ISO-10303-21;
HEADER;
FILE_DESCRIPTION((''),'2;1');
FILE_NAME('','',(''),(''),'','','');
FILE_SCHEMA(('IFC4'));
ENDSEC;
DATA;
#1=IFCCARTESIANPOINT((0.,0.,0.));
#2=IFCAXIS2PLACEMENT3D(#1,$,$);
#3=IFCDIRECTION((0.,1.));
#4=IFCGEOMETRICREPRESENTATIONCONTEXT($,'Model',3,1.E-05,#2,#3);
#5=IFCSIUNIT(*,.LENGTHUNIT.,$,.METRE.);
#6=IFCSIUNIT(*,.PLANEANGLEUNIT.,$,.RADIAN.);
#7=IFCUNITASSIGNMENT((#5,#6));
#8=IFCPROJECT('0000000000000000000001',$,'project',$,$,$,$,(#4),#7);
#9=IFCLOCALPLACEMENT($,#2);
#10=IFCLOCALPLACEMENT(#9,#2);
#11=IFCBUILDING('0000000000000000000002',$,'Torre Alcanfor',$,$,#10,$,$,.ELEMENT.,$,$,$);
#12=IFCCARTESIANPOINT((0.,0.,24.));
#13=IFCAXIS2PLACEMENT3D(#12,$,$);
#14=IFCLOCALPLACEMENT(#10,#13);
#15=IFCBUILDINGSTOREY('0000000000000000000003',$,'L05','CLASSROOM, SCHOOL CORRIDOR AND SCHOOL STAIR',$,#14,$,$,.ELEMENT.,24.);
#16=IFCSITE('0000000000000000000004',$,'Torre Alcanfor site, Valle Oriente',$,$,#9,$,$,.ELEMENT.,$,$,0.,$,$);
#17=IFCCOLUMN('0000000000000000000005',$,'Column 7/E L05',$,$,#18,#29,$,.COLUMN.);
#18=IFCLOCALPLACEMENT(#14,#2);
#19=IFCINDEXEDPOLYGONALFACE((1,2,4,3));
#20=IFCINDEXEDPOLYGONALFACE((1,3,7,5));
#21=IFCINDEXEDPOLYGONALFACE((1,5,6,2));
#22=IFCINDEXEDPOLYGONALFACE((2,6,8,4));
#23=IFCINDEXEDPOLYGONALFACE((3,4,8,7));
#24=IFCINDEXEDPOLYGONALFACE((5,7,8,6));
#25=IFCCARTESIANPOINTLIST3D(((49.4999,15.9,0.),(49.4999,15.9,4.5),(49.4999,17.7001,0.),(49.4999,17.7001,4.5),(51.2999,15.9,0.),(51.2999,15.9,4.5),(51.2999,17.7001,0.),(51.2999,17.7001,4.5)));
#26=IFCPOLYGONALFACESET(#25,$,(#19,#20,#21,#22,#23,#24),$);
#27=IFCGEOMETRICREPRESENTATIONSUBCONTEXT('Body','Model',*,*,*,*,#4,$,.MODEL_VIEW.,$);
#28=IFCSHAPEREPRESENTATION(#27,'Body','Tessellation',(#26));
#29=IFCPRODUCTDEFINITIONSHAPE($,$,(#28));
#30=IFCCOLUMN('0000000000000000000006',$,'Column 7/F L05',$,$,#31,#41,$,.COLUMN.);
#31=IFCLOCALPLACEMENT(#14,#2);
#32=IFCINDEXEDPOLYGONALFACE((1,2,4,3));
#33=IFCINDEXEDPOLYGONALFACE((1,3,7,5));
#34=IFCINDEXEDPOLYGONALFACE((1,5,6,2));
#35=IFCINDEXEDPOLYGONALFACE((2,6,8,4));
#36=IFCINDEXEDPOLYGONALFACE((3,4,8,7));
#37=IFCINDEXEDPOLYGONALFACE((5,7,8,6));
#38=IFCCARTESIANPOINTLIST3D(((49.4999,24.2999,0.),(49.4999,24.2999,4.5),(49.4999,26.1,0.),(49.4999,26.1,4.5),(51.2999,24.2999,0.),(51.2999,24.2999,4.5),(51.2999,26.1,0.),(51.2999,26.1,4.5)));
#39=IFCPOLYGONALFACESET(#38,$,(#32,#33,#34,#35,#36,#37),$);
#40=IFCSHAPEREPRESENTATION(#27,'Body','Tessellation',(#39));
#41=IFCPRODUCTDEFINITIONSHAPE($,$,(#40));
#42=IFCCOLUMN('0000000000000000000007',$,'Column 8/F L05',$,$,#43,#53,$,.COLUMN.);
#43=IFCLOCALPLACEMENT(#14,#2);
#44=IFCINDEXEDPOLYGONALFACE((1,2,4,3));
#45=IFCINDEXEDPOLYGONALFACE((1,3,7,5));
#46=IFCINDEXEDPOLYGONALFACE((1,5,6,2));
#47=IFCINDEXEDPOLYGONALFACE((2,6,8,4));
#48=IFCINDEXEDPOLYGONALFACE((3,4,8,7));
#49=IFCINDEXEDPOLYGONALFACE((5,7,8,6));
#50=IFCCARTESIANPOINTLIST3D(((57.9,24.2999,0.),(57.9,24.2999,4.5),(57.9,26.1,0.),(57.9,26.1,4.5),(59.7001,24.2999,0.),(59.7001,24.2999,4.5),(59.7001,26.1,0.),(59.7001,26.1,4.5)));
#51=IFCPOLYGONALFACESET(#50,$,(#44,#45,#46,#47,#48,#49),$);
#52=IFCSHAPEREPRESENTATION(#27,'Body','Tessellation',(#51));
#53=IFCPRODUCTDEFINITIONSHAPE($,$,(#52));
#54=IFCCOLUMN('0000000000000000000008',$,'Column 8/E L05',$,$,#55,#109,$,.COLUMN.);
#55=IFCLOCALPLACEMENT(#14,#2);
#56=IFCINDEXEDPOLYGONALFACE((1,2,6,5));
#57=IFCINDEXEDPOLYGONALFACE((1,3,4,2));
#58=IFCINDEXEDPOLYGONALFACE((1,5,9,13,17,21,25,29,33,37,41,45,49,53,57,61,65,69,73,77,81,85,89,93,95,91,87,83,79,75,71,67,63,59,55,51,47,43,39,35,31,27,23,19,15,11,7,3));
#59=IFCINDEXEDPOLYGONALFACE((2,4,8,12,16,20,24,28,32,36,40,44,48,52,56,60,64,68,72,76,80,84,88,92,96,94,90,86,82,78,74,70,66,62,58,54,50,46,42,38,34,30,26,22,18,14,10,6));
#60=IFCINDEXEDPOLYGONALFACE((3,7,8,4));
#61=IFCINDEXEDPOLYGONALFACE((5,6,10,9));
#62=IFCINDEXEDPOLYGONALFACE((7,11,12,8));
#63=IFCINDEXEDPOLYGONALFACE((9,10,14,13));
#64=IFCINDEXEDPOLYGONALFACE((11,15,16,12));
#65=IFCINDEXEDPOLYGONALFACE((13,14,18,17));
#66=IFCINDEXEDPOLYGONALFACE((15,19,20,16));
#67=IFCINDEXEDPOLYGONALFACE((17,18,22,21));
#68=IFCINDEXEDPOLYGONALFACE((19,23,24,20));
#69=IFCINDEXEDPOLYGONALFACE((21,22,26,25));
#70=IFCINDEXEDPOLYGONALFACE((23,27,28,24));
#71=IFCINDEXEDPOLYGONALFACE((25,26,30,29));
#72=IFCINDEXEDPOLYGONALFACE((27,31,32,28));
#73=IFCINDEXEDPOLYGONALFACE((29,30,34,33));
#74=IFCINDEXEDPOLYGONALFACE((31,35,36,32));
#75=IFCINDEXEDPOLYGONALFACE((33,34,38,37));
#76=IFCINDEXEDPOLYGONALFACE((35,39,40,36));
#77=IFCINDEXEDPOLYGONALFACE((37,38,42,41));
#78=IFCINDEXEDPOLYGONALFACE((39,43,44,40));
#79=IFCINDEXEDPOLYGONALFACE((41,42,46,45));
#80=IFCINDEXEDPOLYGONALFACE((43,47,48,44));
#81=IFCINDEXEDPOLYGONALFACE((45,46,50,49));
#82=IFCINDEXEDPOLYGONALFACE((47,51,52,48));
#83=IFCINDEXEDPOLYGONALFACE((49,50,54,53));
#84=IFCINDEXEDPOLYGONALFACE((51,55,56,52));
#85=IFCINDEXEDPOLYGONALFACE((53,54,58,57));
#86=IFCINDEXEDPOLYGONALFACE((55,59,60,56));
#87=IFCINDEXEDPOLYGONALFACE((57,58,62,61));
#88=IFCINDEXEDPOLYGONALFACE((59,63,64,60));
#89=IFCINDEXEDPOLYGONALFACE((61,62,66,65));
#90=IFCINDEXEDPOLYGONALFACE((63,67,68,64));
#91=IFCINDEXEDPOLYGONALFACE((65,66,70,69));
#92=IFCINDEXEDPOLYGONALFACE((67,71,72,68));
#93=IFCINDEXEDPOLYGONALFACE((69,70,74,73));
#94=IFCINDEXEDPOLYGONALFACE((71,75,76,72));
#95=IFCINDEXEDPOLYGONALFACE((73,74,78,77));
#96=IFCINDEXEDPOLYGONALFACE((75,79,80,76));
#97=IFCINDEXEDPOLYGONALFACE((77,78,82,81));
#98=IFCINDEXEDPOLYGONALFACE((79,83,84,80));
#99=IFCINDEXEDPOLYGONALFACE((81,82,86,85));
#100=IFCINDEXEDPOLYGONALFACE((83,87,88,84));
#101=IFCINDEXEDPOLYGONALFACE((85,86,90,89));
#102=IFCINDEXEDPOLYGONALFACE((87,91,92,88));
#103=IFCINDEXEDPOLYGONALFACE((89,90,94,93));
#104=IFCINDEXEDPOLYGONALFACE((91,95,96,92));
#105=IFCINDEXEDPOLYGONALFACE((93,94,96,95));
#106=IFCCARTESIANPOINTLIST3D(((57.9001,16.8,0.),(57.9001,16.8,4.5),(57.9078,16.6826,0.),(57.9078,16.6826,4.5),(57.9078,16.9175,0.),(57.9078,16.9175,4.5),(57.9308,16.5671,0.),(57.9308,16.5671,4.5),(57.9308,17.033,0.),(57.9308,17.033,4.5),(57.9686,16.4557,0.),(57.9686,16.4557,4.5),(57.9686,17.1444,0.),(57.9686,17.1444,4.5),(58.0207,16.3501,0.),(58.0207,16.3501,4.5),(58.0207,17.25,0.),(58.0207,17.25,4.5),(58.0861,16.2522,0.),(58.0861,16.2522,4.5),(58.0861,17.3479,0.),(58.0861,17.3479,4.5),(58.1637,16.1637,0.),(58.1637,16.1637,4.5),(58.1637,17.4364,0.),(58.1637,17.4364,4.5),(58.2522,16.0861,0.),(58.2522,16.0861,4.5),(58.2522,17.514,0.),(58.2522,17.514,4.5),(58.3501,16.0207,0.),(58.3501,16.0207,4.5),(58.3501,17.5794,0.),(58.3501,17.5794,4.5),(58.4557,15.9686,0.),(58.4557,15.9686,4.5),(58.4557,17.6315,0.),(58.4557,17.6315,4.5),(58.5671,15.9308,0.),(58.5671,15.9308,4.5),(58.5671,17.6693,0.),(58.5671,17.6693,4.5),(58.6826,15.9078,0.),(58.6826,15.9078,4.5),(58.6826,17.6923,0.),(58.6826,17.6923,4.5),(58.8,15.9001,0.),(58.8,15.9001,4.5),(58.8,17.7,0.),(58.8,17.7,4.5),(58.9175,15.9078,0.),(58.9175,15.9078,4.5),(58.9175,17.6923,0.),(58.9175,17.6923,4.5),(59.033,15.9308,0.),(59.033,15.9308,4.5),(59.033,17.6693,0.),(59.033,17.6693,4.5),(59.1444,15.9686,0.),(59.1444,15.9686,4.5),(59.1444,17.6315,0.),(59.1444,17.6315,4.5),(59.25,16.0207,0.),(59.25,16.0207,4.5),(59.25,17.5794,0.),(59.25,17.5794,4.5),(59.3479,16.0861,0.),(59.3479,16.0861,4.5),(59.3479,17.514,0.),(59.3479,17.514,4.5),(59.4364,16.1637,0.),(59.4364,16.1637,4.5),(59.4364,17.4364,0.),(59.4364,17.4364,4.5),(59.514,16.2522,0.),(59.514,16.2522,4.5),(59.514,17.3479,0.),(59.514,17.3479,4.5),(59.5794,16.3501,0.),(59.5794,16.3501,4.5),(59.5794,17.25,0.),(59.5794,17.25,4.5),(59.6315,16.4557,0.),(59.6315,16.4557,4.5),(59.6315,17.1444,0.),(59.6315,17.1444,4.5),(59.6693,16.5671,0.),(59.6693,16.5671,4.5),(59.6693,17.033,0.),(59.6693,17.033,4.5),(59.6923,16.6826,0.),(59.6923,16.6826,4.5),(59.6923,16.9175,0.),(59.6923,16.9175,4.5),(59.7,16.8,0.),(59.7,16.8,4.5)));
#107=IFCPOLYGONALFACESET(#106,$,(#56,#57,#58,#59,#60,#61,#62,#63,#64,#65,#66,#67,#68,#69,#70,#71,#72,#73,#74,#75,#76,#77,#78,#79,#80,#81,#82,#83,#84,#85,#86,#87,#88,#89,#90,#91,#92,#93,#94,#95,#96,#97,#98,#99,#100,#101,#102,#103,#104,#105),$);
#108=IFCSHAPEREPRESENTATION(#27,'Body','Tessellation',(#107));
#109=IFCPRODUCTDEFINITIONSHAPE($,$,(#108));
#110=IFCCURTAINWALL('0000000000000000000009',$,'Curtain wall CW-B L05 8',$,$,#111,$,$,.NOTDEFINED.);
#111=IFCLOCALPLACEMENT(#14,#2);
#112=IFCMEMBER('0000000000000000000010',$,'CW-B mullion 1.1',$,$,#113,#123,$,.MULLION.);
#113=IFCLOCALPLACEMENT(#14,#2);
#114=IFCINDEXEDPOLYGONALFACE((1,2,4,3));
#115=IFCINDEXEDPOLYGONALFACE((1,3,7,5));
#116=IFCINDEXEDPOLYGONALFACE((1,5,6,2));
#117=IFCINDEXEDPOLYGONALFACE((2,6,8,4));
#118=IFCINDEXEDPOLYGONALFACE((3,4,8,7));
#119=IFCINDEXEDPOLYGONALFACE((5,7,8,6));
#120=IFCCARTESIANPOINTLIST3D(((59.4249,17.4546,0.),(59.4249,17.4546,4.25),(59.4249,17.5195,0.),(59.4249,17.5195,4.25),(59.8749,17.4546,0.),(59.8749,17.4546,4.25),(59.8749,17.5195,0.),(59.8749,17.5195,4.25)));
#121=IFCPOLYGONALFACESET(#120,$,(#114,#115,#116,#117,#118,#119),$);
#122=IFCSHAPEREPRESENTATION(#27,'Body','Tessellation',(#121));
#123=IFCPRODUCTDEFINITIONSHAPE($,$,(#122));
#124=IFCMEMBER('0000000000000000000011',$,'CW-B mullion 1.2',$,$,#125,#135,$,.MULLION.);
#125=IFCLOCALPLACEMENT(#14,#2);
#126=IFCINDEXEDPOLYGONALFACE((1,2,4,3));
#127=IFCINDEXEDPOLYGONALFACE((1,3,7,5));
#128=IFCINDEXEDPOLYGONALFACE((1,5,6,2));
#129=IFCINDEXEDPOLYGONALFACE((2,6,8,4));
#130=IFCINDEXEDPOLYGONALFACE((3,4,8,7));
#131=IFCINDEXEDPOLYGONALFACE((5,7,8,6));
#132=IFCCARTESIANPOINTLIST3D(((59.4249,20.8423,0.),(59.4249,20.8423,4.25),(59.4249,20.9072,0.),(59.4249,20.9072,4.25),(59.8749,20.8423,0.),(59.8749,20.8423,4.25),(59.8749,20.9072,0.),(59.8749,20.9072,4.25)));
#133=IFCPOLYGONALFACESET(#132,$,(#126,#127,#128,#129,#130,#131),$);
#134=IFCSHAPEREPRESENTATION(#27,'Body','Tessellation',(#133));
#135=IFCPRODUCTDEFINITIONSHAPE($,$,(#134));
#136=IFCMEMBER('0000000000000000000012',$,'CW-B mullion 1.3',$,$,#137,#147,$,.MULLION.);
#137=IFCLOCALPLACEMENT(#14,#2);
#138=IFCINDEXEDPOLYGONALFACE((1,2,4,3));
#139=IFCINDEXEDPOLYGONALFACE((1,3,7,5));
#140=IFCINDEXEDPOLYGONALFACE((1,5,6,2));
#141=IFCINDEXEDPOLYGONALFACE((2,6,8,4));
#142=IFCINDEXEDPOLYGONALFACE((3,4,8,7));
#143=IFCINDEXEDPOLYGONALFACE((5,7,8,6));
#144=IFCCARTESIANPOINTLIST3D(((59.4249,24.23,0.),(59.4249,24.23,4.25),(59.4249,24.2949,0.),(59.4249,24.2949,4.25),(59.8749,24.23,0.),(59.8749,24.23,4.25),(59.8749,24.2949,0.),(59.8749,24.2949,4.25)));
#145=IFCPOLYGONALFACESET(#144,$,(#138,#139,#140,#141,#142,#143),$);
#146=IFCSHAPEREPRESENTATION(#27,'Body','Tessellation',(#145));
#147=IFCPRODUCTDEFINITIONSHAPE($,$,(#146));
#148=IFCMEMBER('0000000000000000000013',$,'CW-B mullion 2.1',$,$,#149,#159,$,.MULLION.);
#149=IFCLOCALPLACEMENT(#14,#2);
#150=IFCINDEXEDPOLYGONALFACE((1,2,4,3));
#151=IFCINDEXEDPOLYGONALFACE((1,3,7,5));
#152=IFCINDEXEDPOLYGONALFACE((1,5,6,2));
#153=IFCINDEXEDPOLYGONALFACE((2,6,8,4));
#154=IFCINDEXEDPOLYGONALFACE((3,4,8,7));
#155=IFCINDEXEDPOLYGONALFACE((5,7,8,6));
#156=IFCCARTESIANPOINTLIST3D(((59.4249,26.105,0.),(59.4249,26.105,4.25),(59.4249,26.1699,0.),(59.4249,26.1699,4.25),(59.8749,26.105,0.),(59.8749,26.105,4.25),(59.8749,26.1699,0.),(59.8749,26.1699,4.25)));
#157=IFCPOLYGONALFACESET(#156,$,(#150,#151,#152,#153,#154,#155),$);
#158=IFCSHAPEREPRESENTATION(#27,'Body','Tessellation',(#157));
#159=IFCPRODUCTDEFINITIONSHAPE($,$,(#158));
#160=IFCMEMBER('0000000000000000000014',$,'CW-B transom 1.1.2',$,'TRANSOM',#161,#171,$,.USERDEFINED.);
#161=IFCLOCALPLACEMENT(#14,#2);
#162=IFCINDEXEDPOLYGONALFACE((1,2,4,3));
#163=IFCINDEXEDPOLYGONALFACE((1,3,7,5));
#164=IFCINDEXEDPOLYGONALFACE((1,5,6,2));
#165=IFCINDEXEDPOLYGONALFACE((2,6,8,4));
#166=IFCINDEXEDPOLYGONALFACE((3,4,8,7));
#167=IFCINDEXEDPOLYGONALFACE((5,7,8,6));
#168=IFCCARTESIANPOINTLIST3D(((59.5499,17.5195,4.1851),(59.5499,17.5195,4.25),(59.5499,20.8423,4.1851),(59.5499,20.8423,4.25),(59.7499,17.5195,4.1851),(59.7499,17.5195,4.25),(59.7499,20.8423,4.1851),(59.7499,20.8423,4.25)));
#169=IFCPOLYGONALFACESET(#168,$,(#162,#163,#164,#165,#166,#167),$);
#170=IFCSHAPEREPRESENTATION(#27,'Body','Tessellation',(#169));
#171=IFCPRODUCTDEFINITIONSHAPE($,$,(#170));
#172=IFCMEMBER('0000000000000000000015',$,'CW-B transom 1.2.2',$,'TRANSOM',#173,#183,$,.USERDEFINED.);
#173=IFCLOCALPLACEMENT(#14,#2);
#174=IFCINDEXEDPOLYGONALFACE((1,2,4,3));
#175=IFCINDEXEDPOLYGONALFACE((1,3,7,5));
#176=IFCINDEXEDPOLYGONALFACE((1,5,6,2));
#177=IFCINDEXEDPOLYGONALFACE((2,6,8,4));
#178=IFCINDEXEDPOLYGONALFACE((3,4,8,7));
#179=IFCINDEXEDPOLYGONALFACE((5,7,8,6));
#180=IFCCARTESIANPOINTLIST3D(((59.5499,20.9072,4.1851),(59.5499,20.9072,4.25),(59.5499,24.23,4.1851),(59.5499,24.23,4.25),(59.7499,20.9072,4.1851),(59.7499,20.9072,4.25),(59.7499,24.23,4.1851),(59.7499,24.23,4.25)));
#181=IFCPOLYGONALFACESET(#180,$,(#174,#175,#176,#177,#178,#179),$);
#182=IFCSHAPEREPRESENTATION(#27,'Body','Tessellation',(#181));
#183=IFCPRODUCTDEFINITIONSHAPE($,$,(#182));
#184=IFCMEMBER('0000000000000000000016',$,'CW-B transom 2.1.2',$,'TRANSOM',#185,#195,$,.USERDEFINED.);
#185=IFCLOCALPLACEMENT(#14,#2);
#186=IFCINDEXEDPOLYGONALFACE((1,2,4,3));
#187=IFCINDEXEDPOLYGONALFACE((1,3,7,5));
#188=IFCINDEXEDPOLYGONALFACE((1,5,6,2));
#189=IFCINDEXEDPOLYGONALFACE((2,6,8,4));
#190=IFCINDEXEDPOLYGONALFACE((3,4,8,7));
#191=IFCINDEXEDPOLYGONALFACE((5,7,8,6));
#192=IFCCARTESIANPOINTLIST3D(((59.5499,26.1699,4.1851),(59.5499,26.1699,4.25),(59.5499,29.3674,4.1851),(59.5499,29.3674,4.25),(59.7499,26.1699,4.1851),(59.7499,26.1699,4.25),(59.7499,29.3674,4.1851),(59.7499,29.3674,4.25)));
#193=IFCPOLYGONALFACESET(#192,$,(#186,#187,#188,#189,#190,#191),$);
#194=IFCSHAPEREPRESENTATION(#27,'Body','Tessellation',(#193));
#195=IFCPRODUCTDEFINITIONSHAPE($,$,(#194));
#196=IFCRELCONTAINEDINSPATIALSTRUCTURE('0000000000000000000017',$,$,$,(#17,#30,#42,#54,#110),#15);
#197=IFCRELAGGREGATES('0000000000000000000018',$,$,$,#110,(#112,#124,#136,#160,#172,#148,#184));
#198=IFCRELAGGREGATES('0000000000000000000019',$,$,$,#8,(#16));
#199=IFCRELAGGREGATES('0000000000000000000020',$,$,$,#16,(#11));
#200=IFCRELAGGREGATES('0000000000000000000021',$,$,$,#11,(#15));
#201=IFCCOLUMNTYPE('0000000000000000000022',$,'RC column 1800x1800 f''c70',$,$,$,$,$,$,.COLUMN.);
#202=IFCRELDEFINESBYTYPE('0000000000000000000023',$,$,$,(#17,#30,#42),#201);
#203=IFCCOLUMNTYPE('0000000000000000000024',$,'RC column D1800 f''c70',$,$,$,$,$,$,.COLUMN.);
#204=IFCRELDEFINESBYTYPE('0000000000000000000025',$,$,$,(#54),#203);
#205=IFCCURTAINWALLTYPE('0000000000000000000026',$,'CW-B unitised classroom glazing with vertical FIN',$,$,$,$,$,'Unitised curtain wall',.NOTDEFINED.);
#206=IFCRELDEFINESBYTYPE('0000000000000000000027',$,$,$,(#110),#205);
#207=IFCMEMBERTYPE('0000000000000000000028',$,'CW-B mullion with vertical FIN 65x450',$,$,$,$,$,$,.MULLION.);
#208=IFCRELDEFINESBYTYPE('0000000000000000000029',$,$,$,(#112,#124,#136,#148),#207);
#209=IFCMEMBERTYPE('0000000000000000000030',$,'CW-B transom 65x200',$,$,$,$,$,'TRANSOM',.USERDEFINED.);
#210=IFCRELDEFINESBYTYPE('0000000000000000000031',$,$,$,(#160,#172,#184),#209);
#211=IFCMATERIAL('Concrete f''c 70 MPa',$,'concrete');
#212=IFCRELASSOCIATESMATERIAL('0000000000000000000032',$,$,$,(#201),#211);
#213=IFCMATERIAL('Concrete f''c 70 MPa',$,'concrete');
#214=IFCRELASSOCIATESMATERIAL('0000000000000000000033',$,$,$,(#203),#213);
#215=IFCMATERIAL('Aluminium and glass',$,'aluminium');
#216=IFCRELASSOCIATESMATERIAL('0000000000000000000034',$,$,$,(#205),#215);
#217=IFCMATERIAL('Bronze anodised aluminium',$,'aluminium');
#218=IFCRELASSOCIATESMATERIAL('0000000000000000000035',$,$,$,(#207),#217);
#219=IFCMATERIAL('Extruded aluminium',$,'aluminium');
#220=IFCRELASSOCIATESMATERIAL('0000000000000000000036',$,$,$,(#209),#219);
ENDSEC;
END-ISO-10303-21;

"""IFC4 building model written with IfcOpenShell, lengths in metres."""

from ifc_helpers import new_model, si_unit, direction, frame, origin, origin_2d, place, context, subcontext, project, spatial, rectangle, circle, extrude, material, material_profile, profile_set, type_object, element, aggregate, save


model = new_model("IFC4")

# Units and contexts
model_context = context("Model", 3, precision=1e-05, world=origin(), true_north=direction((0.0, 1.0)))
body_context = subcontext(model_context, "Body", "Model", "MODEL_VIEW")
ifc_project = project(units=[si_unit("LENGTHUNIT", "METRE"), si_unit("PLANEANGLEUNIT", "RADIAN")], contexts=[model_context])

# Site, building, storey
site_placement = place(None, origin())
site = spatial("IfcSite", under=ifc_project, at=site_placement, Name="Torre Alcanfor site, Valle Oriente", CompositionType="ELEMENT", RefElevation=0.0)
building_placement = place(site_placement, origin())
building = spatial("IfcBuilding", under=site, at=building_placement, Name="Torre Alcanfor", CompositionType="ELEMENT")
storey_placement = place(building_placement, frame((0.0, 0.0, 24.0)))
storey = spatial("IfcBuildingStorey", under=building, at=storey_placement, Name="L05", Description="CLASSROOM, SCHOOL CORRIDOR AND SCHOOL STAIR", CompositionType="ELEMENT", Elevation=24.0)

# Columns
ifc_material_1 = material(Name="Concrete f'c 70 MPa", Category="concrete")
ifc_material_profile_1 = material_profile(ifc_material_1, rectangle(XDim=1.8, YDim=1.8, at=origin_2d()), Name="1800x1800")
ifc_profile_set_1 = profile_set([ifc_material_profile_1], Name="Concrete f'c 70 MPa")
column_type_1 = type_object("IfcColumnType", Name="RC column 1800x1800 f'c70", PredefinedType="COLUMN", material=ifc_profile_set_1)
for number, where, z_axis, x_axis, name in (
    (1, (50.3999, 16.8, 0.0), (0.0, 0.0, 1.0), (1.0, 0.0, 0.0), "Column 7/E L05"),
    (2, (50.3999, 25.2, 0.0), (0.0, 0.0, 1.0), (1.0, 0.0, 0.0), "Column 7/F L05"),
    (3, (58.8, 25.2, 0.0), (0.0, 0.0, 1.0), (1.0, 0.0, 0.0), "Column 8/F L05"),
):
    element("IfcColumn", number, at=place(storey_placement, frame(where, z_axis=z_axis, x_axis=x_axis)), inside=storey, type_object=column_type_1, Name=name, PredefinedType="COLUMN", context=body_context, shape_type="SweptSolid", body=[
        extrude(rectangle(XDim=1.8, YDim=1.8, at=origin_2d()), origin(), (0.0, 0.0, 1.0), 4.5),
    ])
ifc_material_2 = material(Name="Concrete f'c 70 MPa", Category="concrete")
ifc_material_profile_2 = material_profile(ifc_material_2, circle(Radius=0.8999, at=origin_2d()), Name="D1800")
ifc_profile_set_2 = profile_set([ifc_material_profile_2], Name="Concrete f'c 70 MPa")
column_type_2 = type_object("IfcColumnType", Name="RC column D1800 f'c70", PredefinedType="COLUMN", material=ifc_profile_set_2)
column_placement = place(storey_placement, frame((58.8, 16.8, 0.0), z_axis=(0.0, 0.0, 1.0), x_axis=(1.0, 0.0, 0.0)))
element("IfcColumn", 4, at=column_placement, inside=storey, type_object=column_type_2, Name="Column 8/E L05", PredefinedType="COLUMN", context=body_context, shape_type="SweptSolid", body=[
    extrude(circle(Radius=0.8999, at=origin_2d()), origin(), (0.0, 0.0, 1.0), 4.5),
])

# Curtain wall, members
ifc_material_3 = material(Name="Aluminium and glass", Category="aluminium")
curtain_wall_type_1 = type_object("IfcCurtainWallType", Name="CW-B unitised classroom glazing with vertical FIN", ElementType="Unitised curtain wall", PredefinedType="NOTDEFINED", material=ifc_material_3)
curtain_wall_1_placement = place(storey_placement, origin())
curtain_wall_1 = element("IfcCurtainWall", 5, at=curtain_wall_1_placement, inside=storey, type_object=curtain_wall_type_1, Name="Curtain wall CW-B L05 8", PredefinedType="NOTDEFINED")
ifc_material_4 = material(Name="Bronze anodised aluminium", Category="aluminium")
ifc_material_profile_3 = material_profile(ifc_material_4, rectangle(XDim=0.45, YDim=0.0649, at=origin_2d()), Name="CW-B mullion 65x450")
ifc_profile_set_3 = profile_set([ifc_material_profile_3], Name="Bronze anodised aluminium")
member_type_1 = type_object("IfcMemberType", Name="CW-B mullion with vertical FIN 65x450", PredefinedType="MULLION", material=ifc_profile_set_3)
member_1_placement = place(storey_placement, frame((59.6499, 17.4871, 0.0), z_axis=(0.0, 0.0, 1.0), x_axis=(-1.0, 0.0, 0.0)))
member_1 = element("IfcMember", 6, at=member_1_placement, type_object=member_type_1, Name="CW-B mullion 1.1", PredefinedType="MULLION", context=body_context, shape_type="SweptSolid", body=[
    extrude(rectangle(XDim=0.45, YDim=0.0649, at=origin_2d()), origin(), (0.0, 0.0, 1.0), 4.25),
])
member_2_placement = place(storey_placement, frame((59.6499, 20.8748, 0.0), z_axis=(0.0, 0.0, 1.0), x_axis=(-1.0, 0.0, 0.0)))
member_2 = element("IfcMember", 7, at=member_2_placement, type_object=member_type_1, Name="CW-B mullion 1.2", PredefinedType="MULLION", context=body_context, shape_type="SweptSolid", body=[
    extrude(rectangle(XDim=0.45, YDim=0.0649, at=origin_2d()), origin(), (0.0, 0.0, 1.0), 4.25),
])
member_3_placement = place(storey_placement, frame((59.6499, 24.2625, 0.0), z_axis=(0.0, 0.0, 1.0), x_axis=(-1.0, 0.0, 0.0)))
member_3 = element("IfcMember", 8, at=member_3_placement, type_object=member_type_1, Name="CW-B mullion 1.3", PredefinedType="MULLION", context=body_context, shape_type="SweptSolid", body=[
    extrude(rectangle(XDim=0.45, YDim=0.0649, at=origin_2d()), origin(), (0.0, 0.0, 1.0), 4.25),
])
member_4_placement = place(storey_placement, frame((59.6499, 26.1375, 0.0), z_axis=(0.0, 0.0, 1.0), x_axis=(-1.0, 0.0, 0.0)))
member_4 = element("IfcMember", 9, at=member_4_placement, type_object=member_type_1, Name="CW-B mullion 2.1", PredefinedType="MULLION", context=body_context, shape_type="SweptSolid", body=[
    extrude(rectangle(XDim=0.45, YDim=0.0649, at=origin_2d()), origin(), (0.0, 0.0, 1.0), 4.25),
])
ifc_material_5 = material(Name="Extruded aluminium", Category="aluminium")
ifc_material_profile_4 = material_profile(ifc_material_5, rectangle(XDim=0.2, YDim=0.0649, at=origin_2d()), Name="CW-B transom 200x65")
ifc_profile_set_4 = profile_set([ifc_material_profile_4], Name="Extruded aluminium")
member_type_2 = type_object("IfcMemberType", Name="CW-B transom 65x200", ElementType="TRANSOM", PredefinedType="USERDEFINED", material=ifc_profile_set_4)
member_5_placement = place(storey_placement, frame((59.6499, 17.5195, 4.2175), z_axis=(0.0, 1.0, 0.0), x_axis=(-1.0, 0.0, 0.0)))
member_5 = element("IfcMember", 10, at=member_5_placement, type_object=member_type_2, Name="CW-B transom 1.1.2", ObjectType="TRANSOM", PredefinedType="USERDEFINED", context=body_context, shape_type="SweptSolid", body=[
    extrude(rectangle(XDim=0.2, YDim=0.0649, at=origin_2d()), origin(), (0.0, 0.0, 1.0), 3.3228),
])
member_6_placement = place(storey_placement, frame((59.6499, 20.9072, 4.2175), z_axis=(0.0, 1.0, 0.0), x_axis=(-1.0, 0.0, 0.0)))
member_6 = element("IfcMember", 11, at=member_6_placement, type_object=member_type_2, Name="CW-B transom 1.2.2", ObjectType="TRANSOM", PredefinedType="USERDEFINED", context=body_context, shape_type="SweptSolid", body=[
    extrude(rectangle(XDim=0.2, YDim=0.0649, at=origin_2d()), origin(), (0.0, 0.0, 1.0), 3.3228),
])
member_7_placement = place(storey_placement, frame((59.6499, 26.1699, 4.2175), z_axis=(0.0, 1.0, 0.0), x_axis=(-1.0, 0.0, 0.0)))
member_7 = element("IfcMember", 12, at=member_7_placement, type_object=member_type_2, Name="CW-B transom 2.1.2", ObjectType="TRANSOM", PredefinedType="USERDEFINED", context=body_context, shape_type="SweptSolid", body=[
    extrude(rectangle(XDim=0.2, YDim=0.0649, at=origin_2d()), origin(), (0.0, 0.0, 1.0), 3.1975),
])

aggregate(curtain_wall_1, [member_1, member_2, member_3, member_5, member_6, member_4, member_7])

save(model, "model.ifc")
